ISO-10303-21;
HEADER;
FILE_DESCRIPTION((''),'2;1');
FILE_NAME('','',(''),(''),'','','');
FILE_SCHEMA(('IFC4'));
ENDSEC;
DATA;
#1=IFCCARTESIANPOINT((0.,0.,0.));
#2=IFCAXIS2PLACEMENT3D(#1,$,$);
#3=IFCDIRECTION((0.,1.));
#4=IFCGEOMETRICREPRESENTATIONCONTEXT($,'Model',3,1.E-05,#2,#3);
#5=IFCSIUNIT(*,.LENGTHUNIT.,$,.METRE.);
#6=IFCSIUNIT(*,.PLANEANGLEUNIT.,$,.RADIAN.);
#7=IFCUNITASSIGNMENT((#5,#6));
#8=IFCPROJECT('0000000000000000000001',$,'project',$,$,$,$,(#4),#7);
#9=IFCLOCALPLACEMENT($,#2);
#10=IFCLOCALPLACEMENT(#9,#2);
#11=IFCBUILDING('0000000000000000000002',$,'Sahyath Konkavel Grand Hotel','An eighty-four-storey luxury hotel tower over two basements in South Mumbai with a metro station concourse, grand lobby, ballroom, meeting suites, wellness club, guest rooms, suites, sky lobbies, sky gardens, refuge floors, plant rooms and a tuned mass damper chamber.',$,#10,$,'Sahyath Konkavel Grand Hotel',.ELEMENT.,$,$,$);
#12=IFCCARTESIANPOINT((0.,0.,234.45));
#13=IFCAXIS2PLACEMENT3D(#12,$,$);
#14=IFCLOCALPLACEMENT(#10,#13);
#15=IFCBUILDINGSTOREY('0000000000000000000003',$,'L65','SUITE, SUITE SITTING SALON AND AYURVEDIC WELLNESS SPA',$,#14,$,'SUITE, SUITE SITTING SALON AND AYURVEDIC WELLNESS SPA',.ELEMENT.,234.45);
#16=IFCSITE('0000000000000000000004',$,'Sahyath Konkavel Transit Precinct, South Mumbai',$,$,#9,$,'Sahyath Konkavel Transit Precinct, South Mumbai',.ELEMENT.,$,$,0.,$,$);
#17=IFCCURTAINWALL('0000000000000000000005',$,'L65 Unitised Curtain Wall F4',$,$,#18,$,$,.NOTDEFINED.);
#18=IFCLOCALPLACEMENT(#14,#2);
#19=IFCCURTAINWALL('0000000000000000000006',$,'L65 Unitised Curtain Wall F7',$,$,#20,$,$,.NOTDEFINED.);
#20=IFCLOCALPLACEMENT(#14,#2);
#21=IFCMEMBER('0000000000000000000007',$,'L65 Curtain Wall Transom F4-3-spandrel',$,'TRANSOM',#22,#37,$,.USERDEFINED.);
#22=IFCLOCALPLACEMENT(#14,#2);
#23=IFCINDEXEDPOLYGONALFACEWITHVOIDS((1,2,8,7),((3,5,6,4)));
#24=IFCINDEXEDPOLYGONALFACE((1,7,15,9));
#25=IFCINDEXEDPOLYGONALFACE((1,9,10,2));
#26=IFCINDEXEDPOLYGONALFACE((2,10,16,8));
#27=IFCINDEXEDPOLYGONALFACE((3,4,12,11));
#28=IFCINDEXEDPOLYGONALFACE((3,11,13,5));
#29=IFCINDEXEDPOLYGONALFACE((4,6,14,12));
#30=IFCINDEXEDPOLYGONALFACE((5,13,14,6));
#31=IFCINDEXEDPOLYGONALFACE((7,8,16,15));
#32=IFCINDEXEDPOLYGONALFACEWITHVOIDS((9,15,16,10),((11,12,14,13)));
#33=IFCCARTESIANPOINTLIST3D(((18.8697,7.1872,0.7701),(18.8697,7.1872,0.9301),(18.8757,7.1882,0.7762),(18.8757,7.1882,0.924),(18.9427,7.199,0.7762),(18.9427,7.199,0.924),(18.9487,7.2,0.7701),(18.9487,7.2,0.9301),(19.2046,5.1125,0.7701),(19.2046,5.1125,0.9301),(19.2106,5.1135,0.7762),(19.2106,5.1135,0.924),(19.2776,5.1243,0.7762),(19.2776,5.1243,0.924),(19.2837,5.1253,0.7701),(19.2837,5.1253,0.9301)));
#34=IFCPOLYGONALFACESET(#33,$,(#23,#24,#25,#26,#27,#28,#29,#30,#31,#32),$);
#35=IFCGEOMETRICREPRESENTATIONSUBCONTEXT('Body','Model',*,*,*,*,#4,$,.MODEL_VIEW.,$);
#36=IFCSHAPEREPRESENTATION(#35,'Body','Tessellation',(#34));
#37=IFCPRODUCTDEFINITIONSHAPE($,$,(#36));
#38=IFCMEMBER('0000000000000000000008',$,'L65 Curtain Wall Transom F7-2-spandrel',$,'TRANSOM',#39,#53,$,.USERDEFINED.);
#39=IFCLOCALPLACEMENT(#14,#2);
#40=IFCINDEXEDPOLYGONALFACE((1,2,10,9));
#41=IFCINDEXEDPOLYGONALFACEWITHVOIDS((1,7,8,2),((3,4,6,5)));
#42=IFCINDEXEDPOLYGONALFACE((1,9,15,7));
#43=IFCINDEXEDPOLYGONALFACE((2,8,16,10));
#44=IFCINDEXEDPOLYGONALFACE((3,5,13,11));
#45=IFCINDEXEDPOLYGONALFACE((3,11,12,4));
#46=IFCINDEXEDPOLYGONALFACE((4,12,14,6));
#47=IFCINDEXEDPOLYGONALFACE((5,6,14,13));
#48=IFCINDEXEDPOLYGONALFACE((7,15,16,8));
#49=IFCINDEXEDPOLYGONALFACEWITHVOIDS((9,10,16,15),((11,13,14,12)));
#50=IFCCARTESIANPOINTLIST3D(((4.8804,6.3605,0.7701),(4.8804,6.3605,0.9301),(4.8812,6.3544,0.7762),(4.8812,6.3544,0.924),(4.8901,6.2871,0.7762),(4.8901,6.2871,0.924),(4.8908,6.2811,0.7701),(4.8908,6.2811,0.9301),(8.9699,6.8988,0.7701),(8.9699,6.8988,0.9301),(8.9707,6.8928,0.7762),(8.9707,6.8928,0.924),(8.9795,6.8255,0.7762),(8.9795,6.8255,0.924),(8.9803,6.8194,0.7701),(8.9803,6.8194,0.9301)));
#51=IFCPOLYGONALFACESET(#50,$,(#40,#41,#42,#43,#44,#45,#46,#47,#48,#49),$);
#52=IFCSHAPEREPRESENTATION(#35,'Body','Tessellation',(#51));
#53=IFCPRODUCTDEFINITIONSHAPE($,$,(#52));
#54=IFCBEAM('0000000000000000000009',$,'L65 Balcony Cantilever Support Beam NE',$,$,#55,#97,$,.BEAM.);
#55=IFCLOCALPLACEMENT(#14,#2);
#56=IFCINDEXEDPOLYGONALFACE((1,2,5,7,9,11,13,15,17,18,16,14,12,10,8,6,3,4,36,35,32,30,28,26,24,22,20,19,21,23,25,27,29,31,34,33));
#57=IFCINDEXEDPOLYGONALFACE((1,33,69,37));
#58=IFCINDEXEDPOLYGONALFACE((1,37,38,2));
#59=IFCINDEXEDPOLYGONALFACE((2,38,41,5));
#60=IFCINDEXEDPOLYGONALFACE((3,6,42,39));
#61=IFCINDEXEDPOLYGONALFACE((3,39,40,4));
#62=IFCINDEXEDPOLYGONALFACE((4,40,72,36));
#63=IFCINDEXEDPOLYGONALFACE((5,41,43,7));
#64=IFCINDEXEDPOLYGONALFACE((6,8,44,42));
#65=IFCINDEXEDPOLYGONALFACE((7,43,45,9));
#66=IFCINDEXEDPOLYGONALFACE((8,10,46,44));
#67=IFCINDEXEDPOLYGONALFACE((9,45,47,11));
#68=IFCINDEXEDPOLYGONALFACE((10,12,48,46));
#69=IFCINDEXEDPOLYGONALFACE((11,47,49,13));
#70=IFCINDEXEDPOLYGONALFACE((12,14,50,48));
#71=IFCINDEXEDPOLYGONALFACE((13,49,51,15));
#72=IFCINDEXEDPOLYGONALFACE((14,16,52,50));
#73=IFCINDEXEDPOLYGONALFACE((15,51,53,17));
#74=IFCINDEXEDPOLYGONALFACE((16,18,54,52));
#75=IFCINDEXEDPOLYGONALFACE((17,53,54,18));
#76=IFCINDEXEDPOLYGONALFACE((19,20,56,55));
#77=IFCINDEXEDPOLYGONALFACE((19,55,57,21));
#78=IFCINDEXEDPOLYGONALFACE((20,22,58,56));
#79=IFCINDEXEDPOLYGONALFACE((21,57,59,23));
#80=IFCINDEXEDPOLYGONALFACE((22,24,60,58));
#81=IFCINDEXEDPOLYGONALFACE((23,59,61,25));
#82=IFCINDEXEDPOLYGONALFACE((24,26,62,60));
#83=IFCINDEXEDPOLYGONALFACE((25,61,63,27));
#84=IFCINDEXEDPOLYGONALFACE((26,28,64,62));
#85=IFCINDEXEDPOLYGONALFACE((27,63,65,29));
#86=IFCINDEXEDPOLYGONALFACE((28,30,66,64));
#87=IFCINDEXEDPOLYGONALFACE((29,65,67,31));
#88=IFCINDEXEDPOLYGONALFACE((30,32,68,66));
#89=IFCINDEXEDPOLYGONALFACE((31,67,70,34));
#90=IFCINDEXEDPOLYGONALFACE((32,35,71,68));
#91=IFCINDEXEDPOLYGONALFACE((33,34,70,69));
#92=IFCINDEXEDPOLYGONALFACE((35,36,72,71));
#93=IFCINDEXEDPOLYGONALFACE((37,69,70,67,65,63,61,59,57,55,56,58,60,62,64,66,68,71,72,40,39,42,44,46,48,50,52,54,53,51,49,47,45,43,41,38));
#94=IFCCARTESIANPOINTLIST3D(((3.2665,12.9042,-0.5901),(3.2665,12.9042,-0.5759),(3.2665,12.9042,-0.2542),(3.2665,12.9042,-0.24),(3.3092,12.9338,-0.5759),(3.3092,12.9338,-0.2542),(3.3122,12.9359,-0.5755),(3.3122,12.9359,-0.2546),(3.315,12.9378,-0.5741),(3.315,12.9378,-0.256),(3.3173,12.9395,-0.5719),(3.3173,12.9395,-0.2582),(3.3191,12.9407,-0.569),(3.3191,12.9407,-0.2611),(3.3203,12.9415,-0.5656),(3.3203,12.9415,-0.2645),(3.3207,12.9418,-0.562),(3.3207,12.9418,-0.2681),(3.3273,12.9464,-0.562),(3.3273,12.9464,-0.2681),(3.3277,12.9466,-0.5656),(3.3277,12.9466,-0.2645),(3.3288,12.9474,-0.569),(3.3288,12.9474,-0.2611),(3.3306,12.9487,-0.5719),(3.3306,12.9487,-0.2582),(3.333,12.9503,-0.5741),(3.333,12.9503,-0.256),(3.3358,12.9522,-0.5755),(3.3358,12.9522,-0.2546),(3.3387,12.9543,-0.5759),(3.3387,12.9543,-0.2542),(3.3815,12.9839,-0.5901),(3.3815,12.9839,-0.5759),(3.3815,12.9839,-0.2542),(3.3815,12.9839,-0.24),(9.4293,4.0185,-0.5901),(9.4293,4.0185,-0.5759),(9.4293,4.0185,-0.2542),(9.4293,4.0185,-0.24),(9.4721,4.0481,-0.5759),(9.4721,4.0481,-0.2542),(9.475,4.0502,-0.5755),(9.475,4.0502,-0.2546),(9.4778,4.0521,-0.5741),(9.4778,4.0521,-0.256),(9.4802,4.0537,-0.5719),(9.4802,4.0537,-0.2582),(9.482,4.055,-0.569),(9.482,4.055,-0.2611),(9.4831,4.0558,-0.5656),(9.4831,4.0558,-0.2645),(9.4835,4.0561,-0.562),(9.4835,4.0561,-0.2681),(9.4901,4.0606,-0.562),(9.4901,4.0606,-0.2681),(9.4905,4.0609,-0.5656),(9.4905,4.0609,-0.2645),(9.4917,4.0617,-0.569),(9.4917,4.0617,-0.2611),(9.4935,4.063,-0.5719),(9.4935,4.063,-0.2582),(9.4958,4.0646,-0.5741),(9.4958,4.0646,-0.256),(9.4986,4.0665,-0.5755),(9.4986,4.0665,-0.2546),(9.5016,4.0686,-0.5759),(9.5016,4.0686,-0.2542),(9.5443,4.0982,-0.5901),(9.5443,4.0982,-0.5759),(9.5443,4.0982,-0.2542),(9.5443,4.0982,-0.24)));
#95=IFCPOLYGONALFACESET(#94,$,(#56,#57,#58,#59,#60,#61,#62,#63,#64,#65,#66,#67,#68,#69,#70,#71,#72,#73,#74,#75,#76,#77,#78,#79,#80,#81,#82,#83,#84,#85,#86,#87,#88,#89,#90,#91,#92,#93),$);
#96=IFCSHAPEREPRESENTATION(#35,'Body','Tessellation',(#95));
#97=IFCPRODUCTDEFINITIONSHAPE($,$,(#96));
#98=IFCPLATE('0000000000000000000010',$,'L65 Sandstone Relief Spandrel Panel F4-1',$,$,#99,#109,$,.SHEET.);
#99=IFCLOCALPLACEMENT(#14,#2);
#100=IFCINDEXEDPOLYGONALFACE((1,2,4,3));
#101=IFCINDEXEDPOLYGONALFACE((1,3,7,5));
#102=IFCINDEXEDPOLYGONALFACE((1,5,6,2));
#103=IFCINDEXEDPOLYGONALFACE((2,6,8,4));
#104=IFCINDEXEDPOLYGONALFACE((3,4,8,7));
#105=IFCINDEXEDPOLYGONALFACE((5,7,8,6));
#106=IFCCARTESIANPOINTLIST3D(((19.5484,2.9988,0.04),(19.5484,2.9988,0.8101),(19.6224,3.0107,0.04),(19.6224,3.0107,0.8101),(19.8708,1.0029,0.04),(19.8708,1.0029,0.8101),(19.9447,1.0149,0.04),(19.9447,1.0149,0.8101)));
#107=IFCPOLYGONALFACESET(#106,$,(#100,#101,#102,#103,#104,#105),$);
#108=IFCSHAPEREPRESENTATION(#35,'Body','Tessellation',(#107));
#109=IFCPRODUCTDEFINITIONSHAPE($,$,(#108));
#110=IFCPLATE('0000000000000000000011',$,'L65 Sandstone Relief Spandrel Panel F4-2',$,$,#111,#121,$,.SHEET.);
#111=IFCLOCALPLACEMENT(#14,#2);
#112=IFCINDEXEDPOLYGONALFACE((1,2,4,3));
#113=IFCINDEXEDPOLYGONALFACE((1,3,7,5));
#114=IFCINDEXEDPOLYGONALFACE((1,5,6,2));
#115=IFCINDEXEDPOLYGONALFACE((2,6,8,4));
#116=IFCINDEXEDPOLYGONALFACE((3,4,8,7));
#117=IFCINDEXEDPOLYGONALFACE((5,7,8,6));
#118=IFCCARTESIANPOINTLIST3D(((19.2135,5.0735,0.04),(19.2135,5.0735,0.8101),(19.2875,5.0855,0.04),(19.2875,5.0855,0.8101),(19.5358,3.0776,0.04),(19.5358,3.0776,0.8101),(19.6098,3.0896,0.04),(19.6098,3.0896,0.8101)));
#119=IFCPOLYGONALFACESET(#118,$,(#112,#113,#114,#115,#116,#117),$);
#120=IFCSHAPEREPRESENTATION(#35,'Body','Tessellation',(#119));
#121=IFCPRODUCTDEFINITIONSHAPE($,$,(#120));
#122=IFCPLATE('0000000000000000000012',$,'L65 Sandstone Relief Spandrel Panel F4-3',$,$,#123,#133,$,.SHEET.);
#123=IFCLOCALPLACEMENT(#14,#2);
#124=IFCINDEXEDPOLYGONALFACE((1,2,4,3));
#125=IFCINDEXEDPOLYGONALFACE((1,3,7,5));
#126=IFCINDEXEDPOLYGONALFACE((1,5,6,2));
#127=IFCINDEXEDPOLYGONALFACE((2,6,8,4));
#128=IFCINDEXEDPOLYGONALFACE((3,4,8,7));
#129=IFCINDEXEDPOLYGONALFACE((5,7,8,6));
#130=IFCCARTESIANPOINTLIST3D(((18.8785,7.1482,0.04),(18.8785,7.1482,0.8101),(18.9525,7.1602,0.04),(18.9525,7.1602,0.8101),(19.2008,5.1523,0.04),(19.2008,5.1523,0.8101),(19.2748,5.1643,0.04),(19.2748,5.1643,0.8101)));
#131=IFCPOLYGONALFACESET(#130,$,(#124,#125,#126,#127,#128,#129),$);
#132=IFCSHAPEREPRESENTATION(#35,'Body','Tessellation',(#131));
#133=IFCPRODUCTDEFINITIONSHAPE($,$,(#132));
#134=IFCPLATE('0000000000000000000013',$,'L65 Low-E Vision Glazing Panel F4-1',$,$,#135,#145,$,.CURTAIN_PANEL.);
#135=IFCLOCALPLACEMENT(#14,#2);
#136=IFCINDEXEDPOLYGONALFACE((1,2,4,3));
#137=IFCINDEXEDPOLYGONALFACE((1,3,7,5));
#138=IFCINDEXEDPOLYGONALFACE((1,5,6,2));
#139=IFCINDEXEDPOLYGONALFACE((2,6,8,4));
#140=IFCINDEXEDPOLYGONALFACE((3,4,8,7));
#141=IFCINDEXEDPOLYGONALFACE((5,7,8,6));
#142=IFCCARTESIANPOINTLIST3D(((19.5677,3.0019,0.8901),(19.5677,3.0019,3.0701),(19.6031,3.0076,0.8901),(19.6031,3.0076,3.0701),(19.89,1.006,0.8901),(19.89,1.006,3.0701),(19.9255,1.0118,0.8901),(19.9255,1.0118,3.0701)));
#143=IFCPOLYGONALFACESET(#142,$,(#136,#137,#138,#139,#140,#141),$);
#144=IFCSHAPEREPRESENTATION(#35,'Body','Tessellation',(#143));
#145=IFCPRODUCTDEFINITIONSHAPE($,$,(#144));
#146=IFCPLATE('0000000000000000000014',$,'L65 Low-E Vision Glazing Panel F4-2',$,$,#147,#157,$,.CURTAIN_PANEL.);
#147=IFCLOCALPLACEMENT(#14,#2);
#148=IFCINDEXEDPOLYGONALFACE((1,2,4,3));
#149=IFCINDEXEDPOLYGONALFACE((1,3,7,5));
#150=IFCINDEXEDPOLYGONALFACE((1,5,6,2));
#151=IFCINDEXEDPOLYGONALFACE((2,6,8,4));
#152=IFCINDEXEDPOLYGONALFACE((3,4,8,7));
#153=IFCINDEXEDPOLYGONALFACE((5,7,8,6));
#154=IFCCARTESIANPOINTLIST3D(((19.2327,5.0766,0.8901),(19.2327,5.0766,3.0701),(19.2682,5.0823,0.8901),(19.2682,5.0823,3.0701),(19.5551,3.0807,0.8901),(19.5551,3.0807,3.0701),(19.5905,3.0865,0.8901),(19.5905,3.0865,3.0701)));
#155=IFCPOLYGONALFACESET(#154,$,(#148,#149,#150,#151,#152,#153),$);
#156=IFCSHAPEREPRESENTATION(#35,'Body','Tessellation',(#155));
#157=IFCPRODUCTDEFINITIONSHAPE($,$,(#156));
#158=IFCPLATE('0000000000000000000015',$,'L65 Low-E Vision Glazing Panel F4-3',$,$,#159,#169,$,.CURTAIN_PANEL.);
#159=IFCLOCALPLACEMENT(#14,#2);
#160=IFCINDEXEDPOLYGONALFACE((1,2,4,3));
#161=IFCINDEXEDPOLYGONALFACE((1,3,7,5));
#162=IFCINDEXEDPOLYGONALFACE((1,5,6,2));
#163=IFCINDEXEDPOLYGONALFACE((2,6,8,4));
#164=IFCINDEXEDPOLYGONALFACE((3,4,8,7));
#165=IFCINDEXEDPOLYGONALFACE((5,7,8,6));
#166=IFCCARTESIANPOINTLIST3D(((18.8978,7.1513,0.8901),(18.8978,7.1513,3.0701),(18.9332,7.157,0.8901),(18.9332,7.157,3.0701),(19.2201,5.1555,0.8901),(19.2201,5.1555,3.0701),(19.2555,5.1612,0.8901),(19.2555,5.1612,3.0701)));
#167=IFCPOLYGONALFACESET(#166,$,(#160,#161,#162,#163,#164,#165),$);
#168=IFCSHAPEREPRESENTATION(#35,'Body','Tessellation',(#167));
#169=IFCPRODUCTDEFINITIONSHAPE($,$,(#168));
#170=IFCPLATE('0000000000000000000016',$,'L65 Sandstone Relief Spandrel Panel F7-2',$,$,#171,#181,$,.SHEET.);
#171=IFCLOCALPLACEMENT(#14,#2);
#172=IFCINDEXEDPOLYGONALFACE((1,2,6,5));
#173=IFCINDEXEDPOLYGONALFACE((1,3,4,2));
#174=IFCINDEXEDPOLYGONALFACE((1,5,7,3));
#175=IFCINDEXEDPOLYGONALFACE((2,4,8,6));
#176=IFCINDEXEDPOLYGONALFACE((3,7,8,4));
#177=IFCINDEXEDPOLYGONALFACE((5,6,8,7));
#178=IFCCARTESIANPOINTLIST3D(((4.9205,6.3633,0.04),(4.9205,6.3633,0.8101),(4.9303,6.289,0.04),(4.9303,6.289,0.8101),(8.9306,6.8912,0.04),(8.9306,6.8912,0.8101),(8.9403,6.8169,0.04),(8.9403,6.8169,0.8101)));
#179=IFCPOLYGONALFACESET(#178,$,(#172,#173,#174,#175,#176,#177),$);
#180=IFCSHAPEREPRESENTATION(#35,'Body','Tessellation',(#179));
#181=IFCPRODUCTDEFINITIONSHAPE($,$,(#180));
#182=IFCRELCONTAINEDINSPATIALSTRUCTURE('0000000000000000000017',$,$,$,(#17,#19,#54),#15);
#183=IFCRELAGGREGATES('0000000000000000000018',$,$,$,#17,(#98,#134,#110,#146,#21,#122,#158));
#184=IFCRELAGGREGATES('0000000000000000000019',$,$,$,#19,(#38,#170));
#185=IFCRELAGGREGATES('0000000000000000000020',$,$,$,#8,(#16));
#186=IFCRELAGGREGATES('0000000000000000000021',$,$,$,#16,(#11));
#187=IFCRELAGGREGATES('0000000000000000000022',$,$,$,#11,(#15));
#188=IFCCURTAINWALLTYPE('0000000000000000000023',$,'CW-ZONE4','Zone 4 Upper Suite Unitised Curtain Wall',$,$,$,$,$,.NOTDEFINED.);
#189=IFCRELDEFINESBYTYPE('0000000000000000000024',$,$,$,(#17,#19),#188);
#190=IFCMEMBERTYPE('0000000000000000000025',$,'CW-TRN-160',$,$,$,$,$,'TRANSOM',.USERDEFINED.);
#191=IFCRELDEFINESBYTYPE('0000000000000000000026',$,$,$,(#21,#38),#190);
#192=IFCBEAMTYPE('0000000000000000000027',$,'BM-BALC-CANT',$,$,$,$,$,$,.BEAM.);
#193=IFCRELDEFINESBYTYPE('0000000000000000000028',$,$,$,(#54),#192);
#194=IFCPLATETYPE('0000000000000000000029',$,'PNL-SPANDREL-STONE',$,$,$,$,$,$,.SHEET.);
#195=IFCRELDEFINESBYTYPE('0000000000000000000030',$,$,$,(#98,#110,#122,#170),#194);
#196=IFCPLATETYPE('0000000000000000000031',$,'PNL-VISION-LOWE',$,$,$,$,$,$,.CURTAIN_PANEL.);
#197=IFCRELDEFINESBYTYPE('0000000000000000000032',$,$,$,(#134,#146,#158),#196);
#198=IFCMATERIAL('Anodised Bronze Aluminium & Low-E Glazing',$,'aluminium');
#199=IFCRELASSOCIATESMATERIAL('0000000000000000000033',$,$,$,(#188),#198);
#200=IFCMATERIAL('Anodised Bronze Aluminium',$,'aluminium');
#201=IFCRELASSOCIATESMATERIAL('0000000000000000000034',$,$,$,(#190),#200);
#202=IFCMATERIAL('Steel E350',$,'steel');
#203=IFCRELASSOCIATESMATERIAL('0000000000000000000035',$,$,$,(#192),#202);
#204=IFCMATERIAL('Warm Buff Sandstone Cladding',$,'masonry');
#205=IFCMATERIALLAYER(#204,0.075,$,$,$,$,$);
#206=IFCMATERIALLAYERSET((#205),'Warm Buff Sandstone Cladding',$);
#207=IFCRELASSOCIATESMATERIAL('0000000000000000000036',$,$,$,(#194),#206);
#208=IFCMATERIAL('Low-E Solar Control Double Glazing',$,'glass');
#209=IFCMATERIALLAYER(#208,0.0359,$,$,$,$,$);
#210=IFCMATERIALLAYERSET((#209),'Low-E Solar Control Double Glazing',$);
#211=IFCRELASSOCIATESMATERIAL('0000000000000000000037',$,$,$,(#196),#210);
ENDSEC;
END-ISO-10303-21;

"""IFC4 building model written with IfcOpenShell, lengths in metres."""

from ifc_helpers import new_model, si_unit, direction, frame, origin, origin_2d, place, context, subcontext, project, spatial, rectangle, hollow_rectangle, i_section, extrude, source, transform, mapped, material, layer, layer_set, material_profile, profile_set, type_object, element, aggregate, save


model = new_model("IFC4")

# Units and contexts
model_context = context("Model", 3, precision=1e-05, world=origin(), true_north=direction((0.0, 1.0)))
body_context = subcontext(model_context, "Body", "Model", "MODEL_VIEW")
ifc_project = project(units=[si_unit("LENGTHUNIT", "METRE"), si_unit("PLANEANGLEUNIT", "RADIAN")], contexts=[model_context])

# Site, building, storey
site_placement = place(None, origin())
site = spatial("IfcSite", under=ifc_project, at=site_placement, Name="Sahyath Konkavel Transit Precinct, South Mumbai", LongName="Sahyath Konkavel Transit Precinct, South Mumbai", CompositionType="ELEMENT", RefElevation=0.0)
building_placement = place(site_placement, origin())
building = spatial("IfcBuilding", under=site, at=building_placement, Name="Sahyath Konkavel Grand Hotel", Description="An eighty-four-storey luxury hotel tower over two basements in South Mumbai with a metro station concourse, grand lobby, ballroom, meeting suites, wellness club, guest rooms, suites, sky lobbies, sky gardens, refuge floors, plant rooms and a tuned mass damper chamber.", LongName="Sahyath Konkavel Grand Hotel", CompositionType="ELEMENT")
storey_placement = place(building_placement, frame((0.0, 0.0, 234.45)))
storey = spatial("IfcBuildingStorey", under=building, at=storey_placement, Name="L65", Description="SUITE, SUITE SITTING SALON AND AYURVEDIC WELLNESS SPA", LongName="SUITE, SUITE SITTING SALON AND AYURVEDIC WELLNESS SPA", CompositionType="ELEMENT", Elevation=234.45)

# Shared definitions
ifc_material_1 = material(Name="Steel E350", Category="steel")

# Curtain wall
ifc_material_2 = material(Name="Anodised Bronze Aluminium & Low-E Glazing", Category="aluminium")
curtain_wall_type = type_object("IfcCurtainWallType", Name="CW-ZONE4", Description="Zone 4 Upper Suite Unitised Curtain Wall", PredefinedType="NOTDEFINED", material=ifc_material_2)
curtain_wall_1_placement = place(storey_placement, origin())
curtain_wall_1 = element("IfcCurtainWall", 1, at=curtain_wall_1_placement, inside=storey, type_object=curtain_wall_type, Name="L65 Unitised Curtain Wall F4", PredefinedType="NOTDEFINED")
ifc_material_3 = material(Name="Anodised Bronze Aluminium", Category="aluminium")

# Curtain wall
curtain_wall_2_placement = place(storey_placement, origin())
curtain_wall_2 = element("IfcCurtainWall", 2, at=curtain_wall_2_placement, inside=storey, type_object=curtain_wall_type, Name="L65 Unitised Curtain Wall F7", PredefinedType="NOTDEFINED")

# Members
ifc_material_profile_1 = material_profile(ifc_material_3, hollow_rectangle(XDim=0.0801, YDim=0.1599, WallThickness=0.0061, at=origin_2d()), Name="RHS 160x80x6")
ifc_profile_set_1 = profile_set([ifc_material_profile_1], Name="Anodised Bronze Aluminium")
member_type_1 = type_object("IfcMemberType", Name="CW-TRN-160", ElementType="TRANSOM", PredefinedType="USERDEFINED", material=ifc_profile_set_1)
shared_shape_1 = source(origin(), body_context, "Body", "SweptSolid", [
    extrude(hollow_rectangle(XDim=0.0801, YDim=0.1599, WallThickness=0.0061, at=origin_2d()), origin(), (0.0, 0.0, 1.0), 2.1016),
])
member_1_placement = place(storey_placement, frame((19.2441, 5.1189, 0.8501), z_axis=(-0.159386, 0.987216, 0.0), x_axis=(-0.987216, -0.159386, 0.0)))
member_1 = element("IfcMember", 3, at=member_1_placement, type_object=member_type_1, Name="L65 Curtain Wall Transom F4-3-spandrel", ObjectType="TRANSOM", PredefinedType="USERDEFINED", context=body_context, shape_type="MappedRepresentation", body=[
    mapped(shared_shape_1, transform((0.0, 0.0, 0.0), scale=1.0)),
])
shared_shape_2 = source(origin(), body_context, "Body", "SweptSolid", [
    extrude(hollow_rectangle(XDim=0.0801, YDim=0.1599, WallThickness=0.0061, at=origin_2d()), origin(), (0.0, 0.0, 1.0), 4.1248),
])
member_2_placement = place(storey_placement, frame((8.9751, 6.8591, 0.8501), z_axis=(-0.991446, -0.130516, 0.0), x_axis=(0.130516, -0.991446, 0.0)))
member_2 = element("IfcMember", 4, at=member_2_placement, type_object=member_type_1, Name="L65 Curtain Wall Transom F7-2-spandrel", ObjectType="TRANSOM", PredefinedType="USERDEFINED", context=body_context, shape_type="MappedRepresentation", body=[
    mapped(shared_shape_2, transform((0.0, 0.0, 0.0), scale=1.0)),
])

# Beam
ifc_material_profile_2 = material_profile(ifc_material_1, i_section(OverallWidth=0.1399, OverallDepth=0.3501, WebThickness=0.0081, FlangeThickness=0.0142, FilletRadius=0.0139, at=origin_2d()), Name="ISMB 350")
ifc_profile_set_2 = profile_set([ifc_material_profile_2], Name="Steel E350")
beam_type_1 = type_object("IfcBeamType", Name="BM-BALC-CANT", PredefinedType="BEAM", material=ifc_profile_set_2)
shared_shape_3 = source(origin(), body_context, "Body", "SweptSolid", [
    extrude(i_section(OverallWidth=0.1399, OverallDepth=0.3501, WebThickness=0.0081, FlangeThickness=0.0142, FilletRadius=0.0139, at=origin_2d()), origin(), (0.0, 0.0, 1.0), 10.8137),
])
beam_1_placement = place(storey_placement, frame((9.4868, 4.0583, -0.415), z_axis=(-0.569908, 0.821708, 0.0), x_axis=(-0.821708, -0.569908, 0.0)))
element("IfcBeam", 5, at=beam_1_placement, inside=storey, type_object=beam_type_1, Name="L65 Balcony Cantilever Support Beam NE", PredefinedType="BEAM", context=body_context, shape_type="MappedRepresentation", body=[
    mapped(shared_shape_3, transform((0.0, 0.0, 0.0), scale=1.0)),
])

# Plates
ifc_material_4 = material(Name="Warm Buff Sandstone Cladding", Category="masonry")
ifc_layer_1 = layer(ifc_material_4, 0.075)
ifc_layer_set_1 = layer_set([ifc_layer_1], Name="Warm Buff Sandstone Cladding")
plate_type_1 = type_object("IfcPlateType", Name="PNL-SPANDREL-STONE", PredefinedType="SHEET", material=ifc_layer_set_1)
shared_shape_4 = source(origin(), body_context, "Body", "SweptSolid", [
    extrude(rectangle(XDim=2.0217, YDim=0.075, at=origin_2d()), origin(), (0.0, 0.0, 1.0), 0.77),
])
plate_1_placement = place(storey_placement, frame((19.7466, 2.0068, 0.04), z_axis=(0.0, 0.0, 1.0), x_axis=(-0.159433, 0.987209, 0.0)))
plate_1 = element("IfcPlate", 6, at=plate_1_placement, type_object=plate_type_1, Name="L65 Sandstone Relief Spandrel Panel F4-1", PredefinedType="SHEET", context=body_context, shape_type="MappedRepresentation", body=[
    mapped(shared_shape_4, transform((0.0, 0.0, 0.0), scale=1.0)),
])
plate_2_placement = place(storey_placement, frame((19.4116, 4.0815, 0.04), z_axis=(0.0, 0.0, 1.0), x_axis=(-0.159433, 0.987209, 0.0)))
plate_2 = element("IfcPlate", 7, at=plate_2_placement, type_object=plate_type_1, Name="L65 Sandstone Relief Spandrel Panel F4-2", PredefinedType="SHEET", context=body_context, shape_type="MappedRepresentation", body=[
    mapped(shared_shape_4, transform((0.0, 0.0, 0.0), scale=1.0)),
])
plate_3_placement = place(storey_placement, frame((19.0767, 6.1562, 0.04), z_axis=(0.0, 0.0, 1.0), x_axis=(-0.159433, 0.987209, 0.0)))
plate_3 = element("IfcPlate", 8, at=plate_3_placement, type_object=plate_type_1, Name="L65 Sandstone Relief Spandrel Panel F4-3", PredefinedType="SHEET", context=body_context, shape_type="MappedRepresentation", body=[
    mapped(shared_shape_4, transform((0.0, 0.0, 0.0), scale=1.0)),
])
ifc_material_5 = material(Name="Low-E Solar Control Double Glazing", Category="glass")
ifc_layer_2 = layer(ifc_material_5, 0.0359)
ifc_layer_set_2 = layer_set([ifc_layer_2], Name="Low-E Solar Control Double Glazing")
plate_type_2 = type_object("IfcPlateType", Name="PNL-VISION-LOWE", PredefinedType="CURTAIN_PANEL", material=ifc_layer_set_2)
shared_shape_5 = source(origin(), body_context, "Body", "SweptSolid", [
    extrude(rectangle(XDim=2.0217, YDim=0.0359, at=origin_2d()), origin(), (0.0, 0.0, 1.0), 2.1799),
])
plate_4_placement = place(storey_placement, frame((19.7466, 2.0068, 0.8901), z_axis=(0.0, 0.0, 1.0), x_axis=(-0.159433, 0.987209, 0.0)))
plate_4 = element("IfcPlate", 9, at=plate_4_placement, type_object=plate_type_2, Name="L65 Low-E Vision Glazing Panel F4-1", PredefinedType="CURTAIN_PANEL", context=body_context, shape_type="MappedRepresentation", body=[
    mapped(shared_shape_5, transform((0.0, 0.0, 0.0), scale=1.0)),
])
plate_5_placement = place(storey_placement, frame((19.4116, 4.0815, 0.8901), z_axis=(0.0, 0.0, 1.0), x_axis=(-0.159433, 0.987209, 0.0)))
plate_5 = element("IfcPlate", 10, at=plate_5_placement, type_object=plate_type_2, Name="L65 Low-E Vision Glazing Panel F4-2", PredefinedType="CURTAIN_PANEL", context=body_context, shape_type="MappedRepresentation", body=[
    mapped(shared_shape_5, transform((0.0, 0.0, 0.0), scale=1.0)),
])
plate_6_placement = place(storey_placement, frame((19.0767, 6.1562, 0.8901), z_axis=(0.0, 0.0, 1.0), x_axis=(-0.159433, 0.987209, 0.0)))
plate_6 = element("IfcPlate", 11, at=plate_6_placement, type_object=plate_type_2, Name="L65 Low-E Vision Glazing Panel F4-3", PredefinedType="CURTAIN_PANEL", context=body_context, shape_type="MappedRepresentation", body=[
    mapped(shared_shape_5, transform((0.0, 0.0, 0.0), scale=1.0)),
])
aggregate(curtain_wall_1, [plate_1, plate_4, plate_2, plate_5, member_1, plate_3, plate_6])
shared_shape_6 = source(origin(), body_context, "Body", "SweptSolid", [
    extrude(rectangle(XDim=4.0447, YDim=0.075, at=origin_2d()), origin(), (0.0, 0.0, 1.0), 0.77),
])
plate_7_placement = place(storey_placement, frame((6.9304, 6.5901, 0.04), z_axis=(0.0, 0.0, 1.0), x_axis=(-0.991445, -0.130526, 0.0)))
plate_7 = element("IfcPlate", 12, at=plate_7_placement, type_object=plate_type_1, Name="L65 Sandstone Relief Spandrel Panel F7-2", PredefinedType="SHEET", context=body_context, shape_type="MappedRepresentation", body=[
    mapped(shared_shape_6, transform((0.0, 0.0, 0.0), scale=1.0)),
])
aggregate(curtain_wall_2, [member_2, plate_7])

save(model, "model.ifc")
